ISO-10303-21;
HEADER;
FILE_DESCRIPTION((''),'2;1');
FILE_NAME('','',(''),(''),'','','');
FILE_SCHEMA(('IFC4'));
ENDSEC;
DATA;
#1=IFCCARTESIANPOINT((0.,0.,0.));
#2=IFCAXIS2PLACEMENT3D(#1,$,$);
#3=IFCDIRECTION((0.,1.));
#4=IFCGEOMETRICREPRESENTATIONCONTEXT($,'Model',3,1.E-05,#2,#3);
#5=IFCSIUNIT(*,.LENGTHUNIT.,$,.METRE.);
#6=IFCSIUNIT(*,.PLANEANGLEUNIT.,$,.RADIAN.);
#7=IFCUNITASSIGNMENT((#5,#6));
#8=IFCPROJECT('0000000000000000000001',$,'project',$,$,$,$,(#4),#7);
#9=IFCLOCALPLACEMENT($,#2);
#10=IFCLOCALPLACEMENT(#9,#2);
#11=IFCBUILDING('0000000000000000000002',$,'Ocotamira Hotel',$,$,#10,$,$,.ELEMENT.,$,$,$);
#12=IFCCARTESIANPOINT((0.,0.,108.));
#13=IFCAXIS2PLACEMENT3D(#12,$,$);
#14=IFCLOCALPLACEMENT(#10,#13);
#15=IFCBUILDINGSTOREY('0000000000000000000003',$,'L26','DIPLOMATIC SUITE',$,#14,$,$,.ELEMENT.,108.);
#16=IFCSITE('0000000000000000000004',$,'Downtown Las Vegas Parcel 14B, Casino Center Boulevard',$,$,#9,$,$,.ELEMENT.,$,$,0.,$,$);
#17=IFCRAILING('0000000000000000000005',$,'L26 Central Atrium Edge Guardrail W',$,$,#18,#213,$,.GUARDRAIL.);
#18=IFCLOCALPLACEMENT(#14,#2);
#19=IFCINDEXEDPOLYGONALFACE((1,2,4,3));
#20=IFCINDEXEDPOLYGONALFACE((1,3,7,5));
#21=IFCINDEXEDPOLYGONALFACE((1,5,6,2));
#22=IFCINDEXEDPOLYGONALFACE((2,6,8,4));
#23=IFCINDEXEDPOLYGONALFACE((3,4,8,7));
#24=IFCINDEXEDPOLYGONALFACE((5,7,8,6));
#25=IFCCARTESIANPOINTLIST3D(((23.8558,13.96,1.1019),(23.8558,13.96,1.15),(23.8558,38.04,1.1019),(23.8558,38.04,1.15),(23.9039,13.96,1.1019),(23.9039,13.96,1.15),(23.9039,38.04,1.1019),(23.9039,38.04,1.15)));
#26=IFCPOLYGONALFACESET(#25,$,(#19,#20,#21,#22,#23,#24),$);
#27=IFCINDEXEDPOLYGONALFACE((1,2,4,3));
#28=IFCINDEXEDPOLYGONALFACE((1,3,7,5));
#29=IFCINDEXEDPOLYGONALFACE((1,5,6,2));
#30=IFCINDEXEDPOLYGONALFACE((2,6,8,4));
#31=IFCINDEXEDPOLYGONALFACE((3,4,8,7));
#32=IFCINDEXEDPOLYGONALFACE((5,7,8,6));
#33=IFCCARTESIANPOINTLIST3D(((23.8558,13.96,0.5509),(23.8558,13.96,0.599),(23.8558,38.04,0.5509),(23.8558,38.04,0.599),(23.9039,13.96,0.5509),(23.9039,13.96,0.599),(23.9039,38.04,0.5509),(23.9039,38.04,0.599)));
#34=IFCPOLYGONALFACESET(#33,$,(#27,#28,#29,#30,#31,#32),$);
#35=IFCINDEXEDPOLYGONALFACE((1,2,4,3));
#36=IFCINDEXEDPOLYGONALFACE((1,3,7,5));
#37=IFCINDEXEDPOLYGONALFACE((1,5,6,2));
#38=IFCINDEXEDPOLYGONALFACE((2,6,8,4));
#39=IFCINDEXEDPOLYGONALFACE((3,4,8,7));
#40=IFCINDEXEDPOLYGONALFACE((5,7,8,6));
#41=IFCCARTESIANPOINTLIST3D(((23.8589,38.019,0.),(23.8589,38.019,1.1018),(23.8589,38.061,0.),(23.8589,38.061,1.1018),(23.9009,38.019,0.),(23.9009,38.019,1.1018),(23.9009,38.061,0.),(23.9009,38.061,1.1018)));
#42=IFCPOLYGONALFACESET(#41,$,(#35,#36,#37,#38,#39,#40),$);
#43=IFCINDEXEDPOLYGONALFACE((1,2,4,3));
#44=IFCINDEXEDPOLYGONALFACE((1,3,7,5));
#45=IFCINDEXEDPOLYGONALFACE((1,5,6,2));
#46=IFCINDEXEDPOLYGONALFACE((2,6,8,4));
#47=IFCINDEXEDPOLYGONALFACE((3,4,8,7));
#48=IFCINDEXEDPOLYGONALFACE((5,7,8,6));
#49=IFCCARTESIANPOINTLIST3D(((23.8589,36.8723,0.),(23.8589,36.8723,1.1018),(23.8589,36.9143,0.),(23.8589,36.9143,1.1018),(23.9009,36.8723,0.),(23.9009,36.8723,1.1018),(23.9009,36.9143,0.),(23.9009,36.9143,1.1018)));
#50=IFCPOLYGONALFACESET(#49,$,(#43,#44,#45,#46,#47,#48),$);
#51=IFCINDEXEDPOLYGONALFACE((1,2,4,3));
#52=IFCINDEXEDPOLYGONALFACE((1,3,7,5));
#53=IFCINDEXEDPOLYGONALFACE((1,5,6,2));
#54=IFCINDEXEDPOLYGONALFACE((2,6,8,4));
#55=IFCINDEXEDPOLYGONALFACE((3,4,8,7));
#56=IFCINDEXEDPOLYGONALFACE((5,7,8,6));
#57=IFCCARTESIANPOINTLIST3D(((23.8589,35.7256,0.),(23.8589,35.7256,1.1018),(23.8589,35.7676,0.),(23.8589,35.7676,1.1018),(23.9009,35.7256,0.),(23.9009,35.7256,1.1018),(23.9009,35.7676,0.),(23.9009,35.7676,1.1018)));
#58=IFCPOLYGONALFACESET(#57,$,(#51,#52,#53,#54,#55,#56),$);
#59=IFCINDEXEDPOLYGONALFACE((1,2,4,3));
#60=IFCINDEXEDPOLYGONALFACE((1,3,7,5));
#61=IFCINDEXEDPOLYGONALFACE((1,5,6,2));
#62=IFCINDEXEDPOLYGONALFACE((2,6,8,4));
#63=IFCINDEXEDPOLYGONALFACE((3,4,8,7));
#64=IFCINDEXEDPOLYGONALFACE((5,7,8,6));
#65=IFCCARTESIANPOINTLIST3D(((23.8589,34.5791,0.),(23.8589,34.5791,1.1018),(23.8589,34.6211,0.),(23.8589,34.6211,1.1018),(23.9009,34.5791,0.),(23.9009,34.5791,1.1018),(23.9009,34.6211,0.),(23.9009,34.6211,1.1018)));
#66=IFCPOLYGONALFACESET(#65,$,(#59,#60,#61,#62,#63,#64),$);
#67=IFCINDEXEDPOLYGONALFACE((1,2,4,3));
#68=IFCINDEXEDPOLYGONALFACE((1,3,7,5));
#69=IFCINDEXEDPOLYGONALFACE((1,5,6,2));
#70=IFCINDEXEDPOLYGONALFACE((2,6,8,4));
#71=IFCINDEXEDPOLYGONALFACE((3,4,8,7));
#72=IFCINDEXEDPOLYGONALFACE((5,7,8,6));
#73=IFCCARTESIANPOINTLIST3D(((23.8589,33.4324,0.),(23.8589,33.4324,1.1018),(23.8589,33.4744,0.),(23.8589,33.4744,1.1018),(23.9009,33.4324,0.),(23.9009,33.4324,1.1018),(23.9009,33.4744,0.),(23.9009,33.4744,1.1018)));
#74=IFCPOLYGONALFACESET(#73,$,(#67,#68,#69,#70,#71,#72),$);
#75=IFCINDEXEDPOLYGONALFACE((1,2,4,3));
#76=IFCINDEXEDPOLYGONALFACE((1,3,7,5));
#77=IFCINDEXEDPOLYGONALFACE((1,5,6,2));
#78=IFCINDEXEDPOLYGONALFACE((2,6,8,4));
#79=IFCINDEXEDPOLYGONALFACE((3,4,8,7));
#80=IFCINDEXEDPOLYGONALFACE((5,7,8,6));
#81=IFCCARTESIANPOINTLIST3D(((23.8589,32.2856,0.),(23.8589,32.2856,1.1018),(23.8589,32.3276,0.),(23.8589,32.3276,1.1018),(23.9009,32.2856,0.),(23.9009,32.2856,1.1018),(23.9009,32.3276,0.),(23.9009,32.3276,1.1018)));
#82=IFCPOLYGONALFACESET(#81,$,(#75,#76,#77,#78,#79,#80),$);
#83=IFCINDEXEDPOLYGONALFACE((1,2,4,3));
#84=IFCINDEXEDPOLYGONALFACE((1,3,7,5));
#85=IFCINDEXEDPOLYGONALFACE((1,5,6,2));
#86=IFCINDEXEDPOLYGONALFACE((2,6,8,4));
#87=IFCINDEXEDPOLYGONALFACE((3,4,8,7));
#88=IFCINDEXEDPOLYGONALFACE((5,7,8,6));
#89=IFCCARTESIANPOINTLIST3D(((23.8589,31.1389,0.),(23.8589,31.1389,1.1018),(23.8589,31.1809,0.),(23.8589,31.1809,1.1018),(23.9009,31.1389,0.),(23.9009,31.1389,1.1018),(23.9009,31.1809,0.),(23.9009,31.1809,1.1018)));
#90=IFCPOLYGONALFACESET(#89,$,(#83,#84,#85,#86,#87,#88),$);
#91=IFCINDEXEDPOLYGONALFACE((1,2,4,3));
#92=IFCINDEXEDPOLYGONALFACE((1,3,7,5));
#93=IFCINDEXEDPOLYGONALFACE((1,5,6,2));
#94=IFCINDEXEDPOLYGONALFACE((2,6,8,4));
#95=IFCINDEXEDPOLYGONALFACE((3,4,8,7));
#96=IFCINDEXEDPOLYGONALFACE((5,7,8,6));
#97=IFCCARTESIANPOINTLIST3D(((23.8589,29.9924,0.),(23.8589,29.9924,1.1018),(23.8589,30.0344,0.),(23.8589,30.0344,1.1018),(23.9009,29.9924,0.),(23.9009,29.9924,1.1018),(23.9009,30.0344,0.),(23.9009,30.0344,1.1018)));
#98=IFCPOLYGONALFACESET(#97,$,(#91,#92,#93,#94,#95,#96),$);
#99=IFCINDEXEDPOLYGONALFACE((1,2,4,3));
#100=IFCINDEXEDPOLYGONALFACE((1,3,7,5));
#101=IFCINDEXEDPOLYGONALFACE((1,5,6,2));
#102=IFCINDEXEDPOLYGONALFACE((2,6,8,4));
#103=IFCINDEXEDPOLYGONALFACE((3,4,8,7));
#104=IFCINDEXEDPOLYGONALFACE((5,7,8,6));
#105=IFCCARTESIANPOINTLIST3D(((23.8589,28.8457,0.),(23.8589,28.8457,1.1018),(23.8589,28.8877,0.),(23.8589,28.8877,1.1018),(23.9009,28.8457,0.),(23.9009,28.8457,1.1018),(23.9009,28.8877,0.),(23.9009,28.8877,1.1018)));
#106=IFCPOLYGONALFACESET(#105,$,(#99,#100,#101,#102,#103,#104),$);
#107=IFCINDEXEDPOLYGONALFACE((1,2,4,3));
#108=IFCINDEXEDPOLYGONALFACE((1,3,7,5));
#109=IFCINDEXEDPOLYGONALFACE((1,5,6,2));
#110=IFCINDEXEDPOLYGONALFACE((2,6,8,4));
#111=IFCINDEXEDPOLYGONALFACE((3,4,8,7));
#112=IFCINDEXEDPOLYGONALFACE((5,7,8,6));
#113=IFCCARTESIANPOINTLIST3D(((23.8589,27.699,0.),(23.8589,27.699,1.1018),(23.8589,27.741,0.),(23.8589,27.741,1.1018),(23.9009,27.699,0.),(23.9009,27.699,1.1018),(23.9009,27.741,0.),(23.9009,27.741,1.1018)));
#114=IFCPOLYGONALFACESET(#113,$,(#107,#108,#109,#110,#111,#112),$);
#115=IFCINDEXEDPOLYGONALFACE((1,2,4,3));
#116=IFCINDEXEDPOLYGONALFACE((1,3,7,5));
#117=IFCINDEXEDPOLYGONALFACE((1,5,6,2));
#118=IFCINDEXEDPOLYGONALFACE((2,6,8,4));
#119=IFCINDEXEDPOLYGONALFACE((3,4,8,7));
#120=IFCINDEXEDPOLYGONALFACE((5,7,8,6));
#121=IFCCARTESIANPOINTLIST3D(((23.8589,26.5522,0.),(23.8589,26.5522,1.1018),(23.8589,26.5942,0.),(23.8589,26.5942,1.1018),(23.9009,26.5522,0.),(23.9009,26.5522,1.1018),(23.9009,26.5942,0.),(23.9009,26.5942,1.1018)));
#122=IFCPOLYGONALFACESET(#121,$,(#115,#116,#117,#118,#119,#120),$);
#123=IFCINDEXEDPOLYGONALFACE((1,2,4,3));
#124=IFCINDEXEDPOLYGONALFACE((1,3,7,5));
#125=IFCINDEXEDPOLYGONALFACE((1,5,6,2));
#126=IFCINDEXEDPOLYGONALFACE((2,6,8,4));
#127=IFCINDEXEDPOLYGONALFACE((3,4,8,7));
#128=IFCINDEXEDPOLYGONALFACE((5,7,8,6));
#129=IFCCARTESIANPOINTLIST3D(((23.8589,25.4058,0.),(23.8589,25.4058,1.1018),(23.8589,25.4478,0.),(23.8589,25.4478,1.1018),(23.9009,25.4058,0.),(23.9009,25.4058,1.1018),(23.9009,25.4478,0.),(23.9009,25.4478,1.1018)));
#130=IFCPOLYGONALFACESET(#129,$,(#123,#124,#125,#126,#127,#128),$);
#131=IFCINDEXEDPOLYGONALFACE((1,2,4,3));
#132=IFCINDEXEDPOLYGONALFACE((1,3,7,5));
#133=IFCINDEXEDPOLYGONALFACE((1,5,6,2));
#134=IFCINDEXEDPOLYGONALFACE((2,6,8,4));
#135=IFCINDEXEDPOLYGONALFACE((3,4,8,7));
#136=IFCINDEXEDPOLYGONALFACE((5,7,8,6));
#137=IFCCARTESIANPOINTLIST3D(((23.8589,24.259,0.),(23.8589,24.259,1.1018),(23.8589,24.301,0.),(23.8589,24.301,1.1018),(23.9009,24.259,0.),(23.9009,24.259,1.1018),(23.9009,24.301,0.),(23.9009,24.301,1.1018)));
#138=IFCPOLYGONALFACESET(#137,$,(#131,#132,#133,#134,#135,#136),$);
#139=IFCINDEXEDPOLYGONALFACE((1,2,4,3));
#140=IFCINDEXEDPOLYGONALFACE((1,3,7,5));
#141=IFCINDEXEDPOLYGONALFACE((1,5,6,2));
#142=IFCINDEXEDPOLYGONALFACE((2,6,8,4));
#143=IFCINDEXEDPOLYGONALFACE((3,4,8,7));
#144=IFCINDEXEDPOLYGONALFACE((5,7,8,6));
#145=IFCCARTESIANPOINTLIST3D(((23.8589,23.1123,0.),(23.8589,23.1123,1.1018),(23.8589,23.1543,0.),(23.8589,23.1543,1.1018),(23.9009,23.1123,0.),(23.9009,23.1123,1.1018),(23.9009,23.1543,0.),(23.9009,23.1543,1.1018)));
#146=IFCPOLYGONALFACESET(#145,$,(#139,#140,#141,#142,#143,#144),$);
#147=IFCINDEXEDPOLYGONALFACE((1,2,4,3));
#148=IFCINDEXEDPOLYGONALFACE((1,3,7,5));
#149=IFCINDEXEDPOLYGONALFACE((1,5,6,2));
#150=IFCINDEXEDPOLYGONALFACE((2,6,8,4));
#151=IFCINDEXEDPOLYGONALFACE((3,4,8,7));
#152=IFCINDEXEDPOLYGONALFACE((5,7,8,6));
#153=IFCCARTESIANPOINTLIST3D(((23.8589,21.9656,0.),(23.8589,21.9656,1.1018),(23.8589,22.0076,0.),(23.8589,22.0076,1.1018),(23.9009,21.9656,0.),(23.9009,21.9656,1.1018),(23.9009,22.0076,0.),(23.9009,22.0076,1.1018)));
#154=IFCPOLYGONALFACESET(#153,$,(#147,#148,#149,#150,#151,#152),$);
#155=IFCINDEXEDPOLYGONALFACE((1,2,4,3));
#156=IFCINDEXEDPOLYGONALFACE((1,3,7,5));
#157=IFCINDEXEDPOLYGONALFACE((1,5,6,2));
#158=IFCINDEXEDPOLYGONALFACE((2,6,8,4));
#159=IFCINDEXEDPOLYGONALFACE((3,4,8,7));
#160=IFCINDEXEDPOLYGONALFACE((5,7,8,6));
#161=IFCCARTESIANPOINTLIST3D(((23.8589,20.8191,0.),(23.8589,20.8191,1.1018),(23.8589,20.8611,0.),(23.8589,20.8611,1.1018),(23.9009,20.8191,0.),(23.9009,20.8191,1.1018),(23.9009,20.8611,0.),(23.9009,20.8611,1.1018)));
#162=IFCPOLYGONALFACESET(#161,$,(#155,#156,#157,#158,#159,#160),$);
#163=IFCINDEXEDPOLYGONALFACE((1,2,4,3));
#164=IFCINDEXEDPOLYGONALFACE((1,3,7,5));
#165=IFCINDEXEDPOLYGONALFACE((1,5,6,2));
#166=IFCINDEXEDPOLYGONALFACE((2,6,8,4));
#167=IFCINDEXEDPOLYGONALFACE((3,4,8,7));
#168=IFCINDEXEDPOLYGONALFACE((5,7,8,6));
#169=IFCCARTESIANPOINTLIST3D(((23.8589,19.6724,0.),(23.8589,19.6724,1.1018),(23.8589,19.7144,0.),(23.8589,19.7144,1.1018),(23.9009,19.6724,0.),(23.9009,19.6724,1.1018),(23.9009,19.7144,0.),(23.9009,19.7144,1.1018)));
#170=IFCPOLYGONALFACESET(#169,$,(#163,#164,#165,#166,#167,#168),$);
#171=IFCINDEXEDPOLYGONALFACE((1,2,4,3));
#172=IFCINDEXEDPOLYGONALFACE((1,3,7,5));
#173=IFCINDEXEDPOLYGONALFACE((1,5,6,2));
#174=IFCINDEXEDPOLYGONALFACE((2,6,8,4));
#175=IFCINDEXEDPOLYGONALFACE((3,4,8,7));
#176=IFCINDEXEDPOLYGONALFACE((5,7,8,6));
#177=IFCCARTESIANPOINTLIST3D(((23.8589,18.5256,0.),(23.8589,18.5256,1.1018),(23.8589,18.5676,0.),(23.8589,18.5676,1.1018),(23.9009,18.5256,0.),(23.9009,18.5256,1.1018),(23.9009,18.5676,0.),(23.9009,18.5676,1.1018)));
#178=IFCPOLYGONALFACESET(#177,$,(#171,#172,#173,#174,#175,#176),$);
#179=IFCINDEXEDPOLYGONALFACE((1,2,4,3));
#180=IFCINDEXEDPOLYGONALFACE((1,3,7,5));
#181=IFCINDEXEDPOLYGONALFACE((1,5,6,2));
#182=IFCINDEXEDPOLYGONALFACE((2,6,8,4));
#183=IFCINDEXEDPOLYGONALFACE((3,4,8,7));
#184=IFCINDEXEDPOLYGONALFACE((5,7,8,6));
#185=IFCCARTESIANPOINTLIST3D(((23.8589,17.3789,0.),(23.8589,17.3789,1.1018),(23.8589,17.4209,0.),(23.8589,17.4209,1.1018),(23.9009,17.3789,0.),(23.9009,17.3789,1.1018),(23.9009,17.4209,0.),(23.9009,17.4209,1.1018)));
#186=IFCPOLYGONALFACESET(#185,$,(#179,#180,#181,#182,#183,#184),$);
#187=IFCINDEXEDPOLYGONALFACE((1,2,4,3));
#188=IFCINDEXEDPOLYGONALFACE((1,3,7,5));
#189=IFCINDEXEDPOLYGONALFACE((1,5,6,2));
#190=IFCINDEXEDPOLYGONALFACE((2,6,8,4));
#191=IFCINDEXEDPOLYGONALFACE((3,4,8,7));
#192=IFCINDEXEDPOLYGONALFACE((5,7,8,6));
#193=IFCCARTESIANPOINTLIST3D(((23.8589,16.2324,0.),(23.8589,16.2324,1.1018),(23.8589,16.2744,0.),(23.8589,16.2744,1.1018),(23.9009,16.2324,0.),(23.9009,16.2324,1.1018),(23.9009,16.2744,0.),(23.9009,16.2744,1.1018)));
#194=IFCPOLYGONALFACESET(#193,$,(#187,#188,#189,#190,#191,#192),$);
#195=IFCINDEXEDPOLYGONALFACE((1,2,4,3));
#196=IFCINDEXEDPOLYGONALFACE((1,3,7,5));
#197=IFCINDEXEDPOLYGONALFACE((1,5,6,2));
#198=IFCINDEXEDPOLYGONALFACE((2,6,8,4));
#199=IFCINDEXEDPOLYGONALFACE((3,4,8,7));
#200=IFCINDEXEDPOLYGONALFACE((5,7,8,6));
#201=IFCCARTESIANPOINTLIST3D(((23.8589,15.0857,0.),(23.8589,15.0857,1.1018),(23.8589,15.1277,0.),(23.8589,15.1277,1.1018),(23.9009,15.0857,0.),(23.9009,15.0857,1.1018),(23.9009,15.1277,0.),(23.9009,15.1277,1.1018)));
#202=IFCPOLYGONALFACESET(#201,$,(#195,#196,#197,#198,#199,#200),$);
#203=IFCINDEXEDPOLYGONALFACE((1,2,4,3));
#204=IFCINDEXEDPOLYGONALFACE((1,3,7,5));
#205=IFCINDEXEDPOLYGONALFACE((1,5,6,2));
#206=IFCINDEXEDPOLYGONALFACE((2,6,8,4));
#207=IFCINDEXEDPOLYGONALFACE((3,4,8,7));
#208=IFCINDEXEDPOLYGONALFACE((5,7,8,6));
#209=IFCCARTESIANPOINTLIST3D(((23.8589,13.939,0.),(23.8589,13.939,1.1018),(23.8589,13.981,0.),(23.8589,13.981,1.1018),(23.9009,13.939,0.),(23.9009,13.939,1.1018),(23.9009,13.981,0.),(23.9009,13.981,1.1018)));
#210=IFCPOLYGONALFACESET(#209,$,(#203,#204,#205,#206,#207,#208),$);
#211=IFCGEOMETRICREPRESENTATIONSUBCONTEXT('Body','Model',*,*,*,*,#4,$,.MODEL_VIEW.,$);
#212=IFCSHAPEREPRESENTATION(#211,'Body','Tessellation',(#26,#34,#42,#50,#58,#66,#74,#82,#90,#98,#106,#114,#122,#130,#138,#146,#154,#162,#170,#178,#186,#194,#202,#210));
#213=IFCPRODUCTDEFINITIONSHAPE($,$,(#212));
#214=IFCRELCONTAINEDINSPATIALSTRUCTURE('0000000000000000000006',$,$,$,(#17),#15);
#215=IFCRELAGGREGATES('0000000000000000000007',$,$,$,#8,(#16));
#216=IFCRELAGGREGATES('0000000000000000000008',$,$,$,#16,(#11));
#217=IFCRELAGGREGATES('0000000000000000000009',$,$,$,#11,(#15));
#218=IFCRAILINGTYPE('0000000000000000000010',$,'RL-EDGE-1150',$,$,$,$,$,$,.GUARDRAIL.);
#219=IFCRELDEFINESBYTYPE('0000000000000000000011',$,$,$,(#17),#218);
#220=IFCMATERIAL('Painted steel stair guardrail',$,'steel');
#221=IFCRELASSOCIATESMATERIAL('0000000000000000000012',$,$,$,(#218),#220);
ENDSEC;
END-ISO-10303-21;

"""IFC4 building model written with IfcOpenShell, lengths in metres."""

from ifc_helpers import new_model, si_unit, direction, frame, origin, origin_2d, place, context, subcontext, project, spatial, rectangle, extrude, material, type_object, element, save


model = new_model("IFC4")

# Units and contexts
model_context = context("Model", 3, precision=1e-05, world=origin(), true_north=direction((0.0, 1.0)))
body_context = subcontext(model_context, "Body", "Model", "MODEL_VIEW")
ifc_project = project(units=[si_unit("LENGTHUNIT", "METRE"), si_unit("PLANEANGLEUNIT", "RADIAN")], contexts=[model_context])

# Site, building, storey
site_placement = place(None, origin())
site = spatial("IfcSite", under=ifc_project, at=site_placement, Name="Downtown Las Vegas Parcel 14B, Casino Center Boulevard", CompositionType="ELEMENT", RefElevation=0.0)
building_placement = place(site_placement, origin())
building = spatial("IfcBuilding", under=site, at=building_placement, Name="Ocotamira Hotel", CompositionType="ELEMENT")
storey_placement = place(building_placement, frame((0.0, 0.0, 108.0)))
storey = spatial("IfcBuildingStorey", under=building, at=storey_placement, Name="L26", Description="DIPLOMATIC SUITE", CompositionType="ELEMENT", Elevation=108.0)

# Railing
ifc_material_1 = material(Name="Painted steel stair guardrail", Category="steel")
railing_type = type_object("IfcRailingType", Name="RL-EDGE-1150", PredefinedType="GUARDRAIL", material=ifc_material_1)
railing_placement = place(storey_placement, frame((23.8799, 38.04, 0.0)))
element("IfcRailing", 1, at=railing_placement, inside=storey, type_object=railing_type, Name="L26 Central Atrium Edge Guardrail W", PredefinedType="GUARDRAIL", context=body_context, shape_type="SweptSolid", body=[
    extrude(rectangle(XDim=0.0481, YDim=0.0481, at=origin_2d()), frame((0.0, 0.0, 1.126), z_axis=(0.0, -1.0, 0.0), x_axis=(1.0, 0.0, 0.0)), (0.0, 0.0, 1.0), 24.0801),
    extrude(rectangle(XDim=0.0481, YDim=0.0481, at=origin_2d()), frame((0.0, 0.0, 0.575), z_axis=(0.0, -1.0, 0.0), x_axis=(1.0, 0.0, 0.0)), (0.0, 0.0, 1.0), 24.0801),
    extrude(rectangle(XDim=0.042, YDim=0.042, at=origin_2d()), origin(), (0.0, 0.0, 1.0), 1.1018),
    extrude(rectangle(XDim=0.042, YDim=0.042, at=origin_2d()), frame((0.0, -1.1467, 0.0)), (0.0, 0.0, 1.0), 1.1018),
    extrude(rectangle(XDim=0.042, YDim=0.042, at=origin_2d()), frame((0.0, -2.2935, 0.0)), (0.0, 0.0, 1.0), 1.1018),
    extrude(rectangle(XDim=0.042, YDim=0.042, at=origin_2d()), frame((0.0, -3.4399, 0.0)), (0.0, 0.0, 1.0), 1.1018),
    extrude(rectangle(XDim=0.042, YDim=0.042, at=origin_2d()), frame((0.0, -4.5867, 0.0)), (0.0, 0.0, 1.0), 1.1018),
    extrude(rectangle(XDim=0.042, YDim=0.042, at=origin_2d()), frame((0.0, -5.7334, 0.0)), (0.0, 0.0, 1.0), 1.1018),
    extrude(rectangle(XDim=0.042, YDim=0.042, at=origin_2d()), frame((0.0, -6.8801, 0.0)), (0.0, 0.0, 1.0), 1.1018),
    extrude(rectangle(XDim=0.042, YDim=0.042, at=origin_2d()), frame((0.0, -8.0266, 0.0)), (0.0, 0.0, 1.0), 1.1018),
    extrude(rectangle(XDim=0.042, YDim=0.042, at=origin_2d()), frame((0.0, -9.1733, 0.0)), (0.0, 0.0, 1.0), 1.1018),
    extrude(rectangle(XDim=0.042, YDim=0.042, at=origin_2d()), frame((0.0, -10.3201, 0.0)), (0.0, 0.0, 1.0), 1.1018),
    extrude(rectangle(XDim=0.042, YDim=0.042, at=origin_2d()), frame((0.0, -11.4668, 0.0)), (0.0, 0.0, 1.0), 1.1018),
    extrude(rectangle(XDim=0.042, YDim=0.042, at=origin_2d()), frame((0.0, -12.6133, 0.0)), (0.0, 0.0, 1.0), 1.1018),
    extrude(rectangle(XDim=0.042, YDim=0.042, at=origin_2d()), frame((0.0, -13.76, 0.0)), (0.0, 0.0, 1.0), 1.1018),
    extrude(rectangle(XDim=0.042, YDim=0.042, at=origin_2d()), frame((0.0, -14.9067, 0.0)), (0.0, 0.0, 1.0), 1.1018),
    extrude(rectangle(XDim=0.042, YDim=0.042, at=origin_2d()), frame((0.0, -16.0535, 0.0)), (0.0, 0.0, 1.0), 1.1018),
    extrude(rectangle(XDim=0.042, YDim=0.042, at=origin_2d()), frame((0.0, -17.2, 0.0)), (0.0, 0.0, 1.0), 1.1018),
    extrude(rectangle(XDim=0.042, YDim=0.042, at=origin_2d()), frame((0.0, -18.3467, 0.0)), (0.0, 0.0, 1.0), 1.1018),
    extrude(rectangle(XDim=0.042, YDim=0.042, at=origin_2d()), frame((0.0, -19.4934, 0.0)), (0.0, 0.0, 1.0), 1.1018),
    extrude(rectangle(XDim=0.042, YDim=0.042, at=origin_2d()), frame((0.0, -20.6401, 0.0)), (0.0, 0.0, 1.0), 1.1018),
    extrude(rectangle(XDim=0.042, YDim=0.042, at=origin_2d()), frame((0.0, -21.7866, 0.0)), (0.0, 0.0, 1.0), 1.1018),
    extrude(rectangle(XDim=0.042, YDim=0.042, at=origin_2d()), frame((0.0, -22.9333, 0.0)), (0.0, 0.0, 1.0), 1.1018),
    extrude(rectangle(XDim=0.042, YDim=0.042, at=origin_2d()), frame((0.0, -24.0801, 0.0)), (0.0, 0.0, 1.0), 1.1018),
])

save(model, "model.ifc")
